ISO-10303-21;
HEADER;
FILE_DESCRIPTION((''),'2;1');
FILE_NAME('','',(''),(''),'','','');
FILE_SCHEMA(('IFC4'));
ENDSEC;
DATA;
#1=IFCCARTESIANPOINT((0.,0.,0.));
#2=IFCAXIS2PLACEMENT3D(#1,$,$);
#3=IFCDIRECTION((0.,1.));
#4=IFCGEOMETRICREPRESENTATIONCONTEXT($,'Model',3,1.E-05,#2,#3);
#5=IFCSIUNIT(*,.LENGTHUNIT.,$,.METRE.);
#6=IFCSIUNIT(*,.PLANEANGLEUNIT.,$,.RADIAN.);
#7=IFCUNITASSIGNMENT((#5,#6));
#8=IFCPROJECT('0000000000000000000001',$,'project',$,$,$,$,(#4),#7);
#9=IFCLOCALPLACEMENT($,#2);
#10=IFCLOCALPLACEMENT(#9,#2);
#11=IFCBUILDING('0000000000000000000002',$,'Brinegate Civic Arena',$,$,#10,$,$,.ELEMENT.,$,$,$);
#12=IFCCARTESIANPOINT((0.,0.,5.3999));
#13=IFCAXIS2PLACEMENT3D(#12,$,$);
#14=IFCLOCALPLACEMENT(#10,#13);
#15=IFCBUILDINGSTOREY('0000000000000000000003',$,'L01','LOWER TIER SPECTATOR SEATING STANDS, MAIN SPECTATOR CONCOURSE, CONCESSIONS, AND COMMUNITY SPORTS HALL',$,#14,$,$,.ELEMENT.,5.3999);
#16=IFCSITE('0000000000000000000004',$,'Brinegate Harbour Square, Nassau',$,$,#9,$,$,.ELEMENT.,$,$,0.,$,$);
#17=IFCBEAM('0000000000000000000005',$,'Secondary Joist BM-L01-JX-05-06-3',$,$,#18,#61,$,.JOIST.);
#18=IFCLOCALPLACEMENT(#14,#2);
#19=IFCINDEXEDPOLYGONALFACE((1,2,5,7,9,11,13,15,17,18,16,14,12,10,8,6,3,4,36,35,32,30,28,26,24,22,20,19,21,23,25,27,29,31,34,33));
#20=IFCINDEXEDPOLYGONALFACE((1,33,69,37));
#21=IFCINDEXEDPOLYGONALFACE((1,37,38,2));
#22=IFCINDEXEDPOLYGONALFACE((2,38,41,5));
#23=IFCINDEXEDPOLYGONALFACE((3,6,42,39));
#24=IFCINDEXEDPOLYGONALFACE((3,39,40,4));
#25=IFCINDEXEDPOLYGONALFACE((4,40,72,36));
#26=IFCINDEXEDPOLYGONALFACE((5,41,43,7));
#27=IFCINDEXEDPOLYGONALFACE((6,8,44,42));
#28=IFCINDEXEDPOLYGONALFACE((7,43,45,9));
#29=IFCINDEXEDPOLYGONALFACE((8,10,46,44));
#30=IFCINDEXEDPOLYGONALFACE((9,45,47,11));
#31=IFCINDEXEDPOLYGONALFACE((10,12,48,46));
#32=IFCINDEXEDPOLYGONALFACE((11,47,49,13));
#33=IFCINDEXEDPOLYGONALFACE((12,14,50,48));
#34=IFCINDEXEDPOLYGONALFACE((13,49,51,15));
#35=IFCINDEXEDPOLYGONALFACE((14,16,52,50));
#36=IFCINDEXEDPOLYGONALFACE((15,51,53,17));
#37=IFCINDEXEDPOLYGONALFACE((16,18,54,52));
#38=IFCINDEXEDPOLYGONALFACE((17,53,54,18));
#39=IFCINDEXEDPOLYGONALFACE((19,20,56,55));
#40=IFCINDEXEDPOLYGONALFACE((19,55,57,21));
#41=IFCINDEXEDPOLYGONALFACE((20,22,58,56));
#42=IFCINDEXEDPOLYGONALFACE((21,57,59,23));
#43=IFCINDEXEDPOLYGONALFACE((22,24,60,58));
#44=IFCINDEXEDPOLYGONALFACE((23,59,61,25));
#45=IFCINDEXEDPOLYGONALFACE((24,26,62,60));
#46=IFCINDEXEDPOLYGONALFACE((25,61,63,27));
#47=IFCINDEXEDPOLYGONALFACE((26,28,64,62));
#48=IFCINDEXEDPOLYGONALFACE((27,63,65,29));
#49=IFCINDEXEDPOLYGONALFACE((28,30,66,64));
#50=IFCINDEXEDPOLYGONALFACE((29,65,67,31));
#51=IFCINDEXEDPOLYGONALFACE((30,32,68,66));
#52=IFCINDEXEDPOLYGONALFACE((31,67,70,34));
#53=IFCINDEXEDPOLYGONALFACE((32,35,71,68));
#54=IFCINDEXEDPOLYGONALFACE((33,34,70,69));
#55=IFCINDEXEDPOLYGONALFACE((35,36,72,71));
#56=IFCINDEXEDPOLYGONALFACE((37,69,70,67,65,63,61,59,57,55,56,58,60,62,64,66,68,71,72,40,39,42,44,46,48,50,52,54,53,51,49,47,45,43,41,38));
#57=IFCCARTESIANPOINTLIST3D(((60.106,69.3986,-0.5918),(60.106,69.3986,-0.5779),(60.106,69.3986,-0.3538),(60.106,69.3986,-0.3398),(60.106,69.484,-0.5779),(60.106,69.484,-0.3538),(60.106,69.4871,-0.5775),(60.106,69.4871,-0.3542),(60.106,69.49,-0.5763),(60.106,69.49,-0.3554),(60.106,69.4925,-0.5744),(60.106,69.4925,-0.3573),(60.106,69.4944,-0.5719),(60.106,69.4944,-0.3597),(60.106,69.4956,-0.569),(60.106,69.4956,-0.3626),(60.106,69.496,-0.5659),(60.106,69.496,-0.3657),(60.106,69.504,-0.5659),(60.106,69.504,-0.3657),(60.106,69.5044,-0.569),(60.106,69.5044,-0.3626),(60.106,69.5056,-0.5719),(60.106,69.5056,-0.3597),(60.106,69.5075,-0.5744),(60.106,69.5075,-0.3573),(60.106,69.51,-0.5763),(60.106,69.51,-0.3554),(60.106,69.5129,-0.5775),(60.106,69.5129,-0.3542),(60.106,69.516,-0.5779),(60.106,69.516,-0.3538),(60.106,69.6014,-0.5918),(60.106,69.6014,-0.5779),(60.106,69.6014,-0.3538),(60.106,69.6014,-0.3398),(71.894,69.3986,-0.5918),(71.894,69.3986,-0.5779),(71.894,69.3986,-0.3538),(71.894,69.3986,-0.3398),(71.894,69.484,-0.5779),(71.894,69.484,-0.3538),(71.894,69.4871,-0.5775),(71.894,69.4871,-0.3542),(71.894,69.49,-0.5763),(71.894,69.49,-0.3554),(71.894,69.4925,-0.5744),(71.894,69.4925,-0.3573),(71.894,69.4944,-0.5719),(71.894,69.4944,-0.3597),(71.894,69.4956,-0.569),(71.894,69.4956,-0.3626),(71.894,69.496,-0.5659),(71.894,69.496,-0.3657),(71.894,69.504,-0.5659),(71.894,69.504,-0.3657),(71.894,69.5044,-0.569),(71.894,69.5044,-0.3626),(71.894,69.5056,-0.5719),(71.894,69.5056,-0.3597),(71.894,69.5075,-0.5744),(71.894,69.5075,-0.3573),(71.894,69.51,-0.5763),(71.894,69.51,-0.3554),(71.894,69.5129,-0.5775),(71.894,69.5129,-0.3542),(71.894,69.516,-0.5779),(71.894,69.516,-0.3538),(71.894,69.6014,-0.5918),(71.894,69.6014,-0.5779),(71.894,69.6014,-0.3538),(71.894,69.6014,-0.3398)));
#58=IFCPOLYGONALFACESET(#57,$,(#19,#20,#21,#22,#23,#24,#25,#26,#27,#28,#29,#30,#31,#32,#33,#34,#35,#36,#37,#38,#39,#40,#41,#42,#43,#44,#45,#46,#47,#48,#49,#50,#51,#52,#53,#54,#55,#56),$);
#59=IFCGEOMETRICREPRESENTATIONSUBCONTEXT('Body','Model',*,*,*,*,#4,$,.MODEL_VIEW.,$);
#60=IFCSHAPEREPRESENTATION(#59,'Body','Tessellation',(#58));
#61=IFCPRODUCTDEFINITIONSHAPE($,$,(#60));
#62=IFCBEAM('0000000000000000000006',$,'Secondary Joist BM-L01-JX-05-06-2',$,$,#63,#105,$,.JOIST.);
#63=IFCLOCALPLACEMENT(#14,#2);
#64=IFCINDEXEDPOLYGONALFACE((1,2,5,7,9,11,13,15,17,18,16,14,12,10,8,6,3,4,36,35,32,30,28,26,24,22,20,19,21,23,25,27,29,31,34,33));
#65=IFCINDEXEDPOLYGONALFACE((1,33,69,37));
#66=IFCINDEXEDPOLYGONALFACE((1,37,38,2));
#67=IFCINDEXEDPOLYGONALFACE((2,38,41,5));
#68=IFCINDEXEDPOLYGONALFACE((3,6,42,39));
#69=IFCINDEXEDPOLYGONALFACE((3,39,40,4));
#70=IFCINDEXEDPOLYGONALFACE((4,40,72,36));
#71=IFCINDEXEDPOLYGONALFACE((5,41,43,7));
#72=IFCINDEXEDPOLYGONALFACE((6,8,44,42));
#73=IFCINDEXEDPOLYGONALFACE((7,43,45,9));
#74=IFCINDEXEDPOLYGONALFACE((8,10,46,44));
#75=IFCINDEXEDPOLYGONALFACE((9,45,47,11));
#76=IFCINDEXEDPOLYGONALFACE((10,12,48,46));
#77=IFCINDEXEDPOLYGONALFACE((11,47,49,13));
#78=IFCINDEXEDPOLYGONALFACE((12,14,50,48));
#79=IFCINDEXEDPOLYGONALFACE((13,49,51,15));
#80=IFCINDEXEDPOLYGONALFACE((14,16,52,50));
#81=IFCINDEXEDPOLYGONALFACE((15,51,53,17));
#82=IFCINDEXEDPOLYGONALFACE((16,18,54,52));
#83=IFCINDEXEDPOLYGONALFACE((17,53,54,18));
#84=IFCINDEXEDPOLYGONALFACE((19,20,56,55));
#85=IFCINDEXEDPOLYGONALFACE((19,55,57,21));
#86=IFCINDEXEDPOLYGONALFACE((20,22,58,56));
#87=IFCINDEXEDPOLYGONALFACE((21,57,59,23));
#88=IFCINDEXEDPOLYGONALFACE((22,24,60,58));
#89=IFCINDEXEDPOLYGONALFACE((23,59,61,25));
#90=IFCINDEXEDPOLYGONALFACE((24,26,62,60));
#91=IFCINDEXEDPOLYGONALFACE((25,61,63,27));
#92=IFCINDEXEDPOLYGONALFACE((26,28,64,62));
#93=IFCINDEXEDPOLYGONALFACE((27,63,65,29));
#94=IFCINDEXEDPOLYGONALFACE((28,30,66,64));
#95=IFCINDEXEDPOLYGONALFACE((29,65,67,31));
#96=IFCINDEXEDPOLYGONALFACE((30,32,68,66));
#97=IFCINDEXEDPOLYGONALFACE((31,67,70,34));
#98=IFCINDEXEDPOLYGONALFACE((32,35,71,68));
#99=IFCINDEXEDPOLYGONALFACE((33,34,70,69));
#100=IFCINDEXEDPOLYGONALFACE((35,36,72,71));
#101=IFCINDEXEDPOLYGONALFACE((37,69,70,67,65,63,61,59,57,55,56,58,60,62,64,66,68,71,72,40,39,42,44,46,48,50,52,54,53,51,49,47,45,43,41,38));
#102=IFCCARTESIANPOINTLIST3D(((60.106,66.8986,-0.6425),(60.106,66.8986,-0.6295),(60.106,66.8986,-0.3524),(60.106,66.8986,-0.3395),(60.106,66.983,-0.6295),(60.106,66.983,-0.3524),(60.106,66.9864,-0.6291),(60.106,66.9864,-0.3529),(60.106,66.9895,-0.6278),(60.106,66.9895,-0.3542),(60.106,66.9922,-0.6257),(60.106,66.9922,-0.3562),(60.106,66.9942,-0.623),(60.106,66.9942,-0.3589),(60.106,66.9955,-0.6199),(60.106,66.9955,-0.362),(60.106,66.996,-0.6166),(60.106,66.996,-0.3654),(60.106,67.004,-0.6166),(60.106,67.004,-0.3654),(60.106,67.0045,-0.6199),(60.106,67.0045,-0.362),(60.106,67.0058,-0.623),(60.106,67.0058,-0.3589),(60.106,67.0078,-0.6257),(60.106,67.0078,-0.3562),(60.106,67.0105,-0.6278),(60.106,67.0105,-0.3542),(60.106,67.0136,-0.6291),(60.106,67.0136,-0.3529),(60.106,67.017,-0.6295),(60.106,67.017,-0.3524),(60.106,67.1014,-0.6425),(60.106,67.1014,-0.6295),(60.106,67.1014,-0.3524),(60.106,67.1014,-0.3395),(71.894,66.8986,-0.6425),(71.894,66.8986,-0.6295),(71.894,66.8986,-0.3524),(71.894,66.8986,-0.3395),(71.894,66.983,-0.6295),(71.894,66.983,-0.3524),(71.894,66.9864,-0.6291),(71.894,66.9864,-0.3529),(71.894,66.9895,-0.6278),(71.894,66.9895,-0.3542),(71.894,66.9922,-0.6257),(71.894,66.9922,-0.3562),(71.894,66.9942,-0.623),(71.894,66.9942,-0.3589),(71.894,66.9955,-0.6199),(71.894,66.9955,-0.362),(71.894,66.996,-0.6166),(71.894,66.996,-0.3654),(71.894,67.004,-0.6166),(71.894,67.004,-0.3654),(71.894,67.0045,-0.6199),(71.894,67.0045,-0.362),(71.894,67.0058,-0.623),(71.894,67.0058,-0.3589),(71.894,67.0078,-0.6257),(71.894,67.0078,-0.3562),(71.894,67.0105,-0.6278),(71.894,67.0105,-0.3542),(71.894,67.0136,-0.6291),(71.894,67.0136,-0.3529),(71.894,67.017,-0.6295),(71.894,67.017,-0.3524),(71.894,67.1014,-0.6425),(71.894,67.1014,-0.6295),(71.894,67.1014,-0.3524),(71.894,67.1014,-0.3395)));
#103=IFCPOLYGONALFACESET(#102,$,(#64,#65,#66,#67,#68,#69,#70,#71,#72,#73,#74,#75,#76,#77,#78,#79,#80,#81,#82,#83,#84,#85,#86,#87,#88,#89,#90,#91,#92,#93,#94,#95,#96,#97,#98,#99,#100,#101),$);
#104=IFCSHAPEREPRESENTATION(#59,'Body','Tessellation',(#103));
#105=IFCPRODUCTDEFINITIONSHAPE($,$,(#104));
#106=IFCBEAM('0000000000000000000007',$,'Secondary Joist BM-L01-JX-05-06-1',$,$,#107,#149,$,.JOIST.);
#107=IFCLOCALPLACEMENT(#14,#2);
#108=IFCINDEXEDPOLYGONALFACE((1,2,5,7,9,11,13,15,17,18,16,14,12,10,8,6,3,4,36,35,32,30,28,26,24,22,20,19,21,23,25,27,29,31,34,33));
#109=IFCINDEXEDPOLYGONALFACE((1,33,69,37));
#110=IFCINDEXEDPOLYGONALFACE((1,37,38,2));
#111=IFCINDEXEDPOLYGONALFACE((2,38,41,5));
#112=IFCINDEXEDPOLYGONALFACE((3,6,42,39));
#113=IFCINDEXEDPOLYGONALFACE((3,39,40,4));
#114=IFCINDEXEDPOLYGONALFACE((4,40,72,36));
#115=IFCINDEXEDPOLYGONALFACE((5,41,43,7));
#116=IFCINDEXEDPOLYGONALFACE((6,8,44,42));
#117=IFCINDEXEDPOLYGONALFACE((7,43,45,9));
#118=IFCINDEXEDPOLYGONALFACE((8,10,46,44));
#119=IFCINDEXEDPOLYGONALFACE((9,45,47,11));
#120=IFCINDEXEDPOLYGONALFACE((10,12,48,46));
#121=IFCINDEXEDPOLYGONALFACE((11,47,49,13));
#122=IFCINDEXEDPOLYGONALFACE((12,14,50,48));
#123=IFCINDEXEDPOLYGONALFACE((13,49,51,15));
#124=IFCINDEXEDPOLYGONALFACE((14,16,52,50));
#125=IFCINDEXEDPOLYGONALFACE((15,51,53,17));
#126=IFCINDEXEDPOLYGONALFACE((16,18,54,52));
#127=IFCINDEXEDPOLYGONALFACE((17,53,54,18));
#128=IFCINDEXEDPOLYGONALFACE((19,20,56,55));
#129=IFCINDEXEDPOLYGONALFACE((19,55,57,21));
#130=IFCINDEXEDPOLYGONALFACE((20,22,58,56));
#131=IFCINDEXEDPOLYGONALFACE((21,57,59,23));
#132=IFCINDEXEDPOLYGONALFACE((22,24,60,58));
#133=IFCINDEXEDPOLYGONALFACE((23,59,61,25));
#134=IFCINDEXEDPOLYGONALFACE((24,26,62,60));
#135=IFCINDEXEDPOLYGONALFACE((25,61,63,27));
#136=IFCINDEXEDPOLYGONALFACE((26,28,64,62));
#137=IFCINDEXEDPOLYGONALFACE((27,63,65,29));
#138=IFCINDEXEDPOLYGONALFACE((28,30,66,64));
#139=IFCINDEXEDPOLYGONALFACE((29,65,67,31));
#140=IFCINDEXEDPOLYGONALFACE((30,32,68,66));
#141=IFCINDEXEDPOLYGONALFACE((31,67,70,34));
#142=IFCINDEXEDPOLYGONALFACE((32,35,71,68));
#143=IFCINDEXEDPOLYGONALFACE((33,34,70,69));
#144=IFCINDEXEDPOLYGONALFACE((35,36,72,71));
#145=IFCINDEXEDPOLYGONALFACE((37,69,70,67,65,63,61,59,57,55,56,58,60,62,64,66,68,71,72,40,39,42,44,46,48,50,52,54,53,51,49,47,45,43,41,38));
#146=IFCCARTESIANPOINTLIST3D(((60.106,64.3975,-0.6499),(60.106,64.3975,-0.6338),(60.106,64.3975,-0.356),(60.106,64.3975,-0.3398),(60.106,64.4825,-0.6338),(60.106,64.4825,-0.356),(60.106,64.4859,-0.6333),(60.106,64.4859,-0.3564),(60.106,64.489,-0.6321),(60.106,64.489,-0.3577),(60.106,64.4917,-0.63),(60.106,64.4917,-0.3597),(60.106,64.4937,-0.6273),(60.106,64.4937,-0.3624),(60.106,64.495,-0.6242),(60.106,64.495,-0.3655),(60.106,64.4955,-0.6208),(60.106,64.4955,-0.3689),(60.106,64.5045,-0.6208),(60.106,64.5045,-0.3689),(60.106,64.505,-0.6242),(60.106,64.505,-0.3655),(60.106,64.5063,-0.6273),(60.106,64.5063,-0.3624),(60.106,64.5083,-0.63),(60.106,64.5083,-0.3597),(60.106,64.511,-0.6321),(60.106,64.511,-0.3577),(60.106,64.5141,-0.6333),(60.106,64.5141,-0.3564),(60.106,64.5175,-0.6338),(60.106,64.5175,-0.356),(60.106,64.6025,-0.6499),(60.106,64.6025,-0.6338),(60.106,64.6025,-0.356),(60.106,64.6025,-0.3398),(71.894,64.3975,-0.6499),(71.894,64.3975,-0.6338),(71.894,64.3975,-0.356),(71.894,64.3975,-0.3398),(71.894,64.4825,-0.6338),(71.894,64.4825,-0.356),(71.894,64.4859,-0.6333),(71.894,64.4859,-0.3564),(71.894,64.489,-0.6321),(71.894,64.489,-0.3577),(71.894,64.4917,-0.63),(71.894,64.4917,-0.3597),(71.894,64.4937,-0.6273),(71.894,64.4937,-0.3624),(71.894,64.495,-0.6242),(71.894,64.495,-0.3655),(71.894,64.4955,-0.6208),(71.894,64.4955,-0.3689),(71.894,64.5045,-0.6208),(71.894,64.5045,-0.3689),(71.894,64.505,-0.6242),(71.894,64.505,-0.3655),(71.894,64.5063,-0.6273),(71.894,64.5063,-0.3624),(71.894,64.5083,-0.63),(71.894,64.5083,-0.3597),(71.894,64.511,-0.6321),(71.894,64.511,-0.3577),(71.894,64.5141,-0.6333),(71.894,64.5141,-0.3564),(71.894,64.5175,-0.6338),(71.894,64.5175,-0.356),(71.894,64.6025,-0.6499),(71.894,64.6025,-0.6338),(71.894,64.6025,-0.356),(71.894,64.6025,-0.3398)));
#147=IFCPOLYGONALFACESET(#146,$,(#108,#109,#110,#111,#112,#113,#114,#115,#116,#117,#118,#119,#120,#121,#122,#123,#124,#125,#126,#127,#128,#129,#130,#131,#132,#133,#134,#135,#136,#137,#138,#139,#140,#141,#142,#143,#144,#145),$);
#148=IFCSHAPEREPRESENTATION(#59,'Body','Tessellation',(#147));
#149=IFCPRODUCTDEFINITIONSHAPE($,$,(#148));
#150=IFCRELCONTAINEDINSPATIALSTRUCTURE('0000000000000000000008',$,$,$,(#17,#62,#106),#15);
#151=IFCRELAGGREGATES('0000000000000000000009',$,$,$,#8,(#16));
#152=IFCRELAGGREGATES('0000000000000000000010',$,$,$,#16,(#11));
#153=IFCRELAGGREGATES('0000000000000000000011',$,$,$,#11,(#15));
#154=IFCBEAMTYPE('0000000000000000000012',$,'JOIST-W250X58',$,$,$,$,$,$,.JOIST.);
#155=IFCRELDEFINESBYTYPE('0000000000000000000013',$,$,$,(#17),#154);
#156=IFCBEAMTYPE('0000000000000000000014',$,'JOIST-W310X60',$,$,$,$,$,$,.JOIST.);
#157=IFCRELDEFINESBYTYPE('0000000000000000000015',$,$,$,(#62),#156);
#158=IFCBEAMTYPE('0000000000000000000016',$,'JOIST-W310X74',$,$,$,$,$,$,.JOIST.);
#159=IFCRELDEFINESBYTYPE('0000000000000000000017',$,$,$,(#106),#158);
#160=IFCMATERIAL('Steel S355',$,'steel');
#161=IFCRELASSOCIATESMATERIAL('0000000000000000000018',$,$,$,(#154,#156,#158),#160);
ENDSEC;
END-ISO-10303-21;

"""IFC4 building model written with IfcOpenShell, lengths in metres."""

from ifc_helpers import new_model, si_unit, direction, frame, origin, origin_2d, place, context, subcontext, project, spatial, i_section, extrude, material, material_profile, profile_set, type_object, element, save


model = new_model("IFC4")

# Units and contexts
model_context = context("Model", 3, precision=1e-05, world=origin(), true_north=direction((0.0, 1.0)))
body_context = subcontext(model_context, "Body", "Model", "MODEL_VIEW")
ifc_project = project(units=[si_unit("LENGTHUNIT", "METRE"), si_unit("PLANEANGLEUNIT", "RADIAN")], contexts=[model_context])

# Site, building, storey
site_placement = place(None, origin())
site = spatial("IfcSite", under=ifc_project, at=site_placement, Name="Brinegate Harbour Square, Nassau", CompositionType="ELEMENT", RefElevation=0.0)
building_placement = place(site_placement, origin())
building = spatial("IfcBuilding", under=site, at=building_placement, Name="Brinegate Civic Arena", CompositionType="ELEMENT")
storey_placement = place(building_placement, frame((0.0, 0.0, 5.3999)))
storey = spatial("IfcBuildingStorey", under=building, at=storey_placement, Name="L01", Description="LOWER TIER SPECTATOR SEATING STANDS, MAIN SPECTATOR CONCOURSE, CONCESSIONS, AND COMMUNITY SPORTS HALL", CompositionType="ELEMENT", Elevation=5.3999)

# Beams
ifc_material_1 = material(Name="Steel S355", Category="steel")
ifc_material_profile_1 = material_profile(ifc_material_1, i_section(OverallWidth=0.2029, OverallDepth=0.252, WebThickness=0.0081, FlangeThickness=0.0139, FilletRadius=0.012, at=origin_2d()), Name="W250X58")
ifc_profile_set_1 = profile_set([ifc_material_profile_1], Name="Steel S355")
beam_type_1 = type_object("IfcBeamType", Name="JOIST-W250X58", PredefinedType="JOIST", material=ifc_profile_set_1)
beam_1_placement = place(storey_placement, frame((60.106, 69.5, -0.4658), z_axis=(1.0, 0.0, 0.0), x_axis=(0.0, 1.0, 0.0)))
element("IfcBeam", 1, at=beam_1_placement, inside=storey, type_object=beam_type_1, Name="Secondary Joist BM-L01-JX-05-06-3", PredefinedType="JOIST", context=body_context, shape_type="SweptSolid", body=[
    extrude(i_section(OverallWidth=0.2029, OverallDepth=0.252, WebThickness=0.0081, FlangeThickness=0.0139, FilletRadius=0.012, at=origin_2d()), origin(), (0.0, 0.0, 1.0), 11.7881),
])
ifc_material_profile_2 = material_profile(ifc_material_1, i_section(OverallWidth=0.2029, OverallDepth=0.303, WebThickness=0.0081, FlangeThickness=0.0129, FilletRadius=0.0129, at=origin_2d()), Name="W310X60")
ifc_profile_set_2 = profile_set([ifc_material_profile_2], Name="Steel S355")
beam_type_2 = type_object("IfcBeamType", Name="JOIST-W310X60", PredefinedType="JOIST", material=ifc_profile_set_2)
beam_2_placement = place(storey_placement, frame((60.106, 67.0, -0.491), z_axis=(1.0, 0.0, 0.0), x_axis=(0.0, 1.0, 0.0)))
element("IfcBeam", 2, at=beam_2_placement, inside=storey, type_object=beam_type_2, Name="Secondary Joist BM-L01-JX-05-06-2", PredefinedType="JOIST", context=body_context, shape_type="SweptSolid", body=[
    extrude(i_section(OverallWidth=0.2029, OverallDepth=0.303, WebThickness=0.0081, FlangeThickness=0.0129, FilletRadius=0.0129, at=origin_2d()), origin(), (0.0, 0.0, 1.0), 11.7881),
])
ifc_material_profile_3 = material_profile(ifc_material_1, i_section(OverallWidth=0.2051, OverallDepth=0.3101, WebThickness=0.009, FlangeThickness=0.0161, FilletRadius=0.0129, at=origin_2d()), Name="W310X74")
ifc_profile_set_3 = profile_set([ifc_material_profile_3], Name="Steel S355")
beam_type_3 = type_object("IfcBeamType", Name="JOIST-W310X74", PredefinedType="JOIST", material=ifc_profile_set_3)
beam_3_placement = place(storey_placement, frame((60.106, 64.5, -0.4949), z_axis=(1.0, 0.0, 0.0), x_axis=(0.0, 1.0, 0.0)))
element("IfcBeam", 3, at=beam_3_placement, inside=storey, type_object=beam_type_3, Name="Secondary Joist BM-L01-JX-05-06-1", PredefinedType="JOIST", context=body_context, shape_type="SweptSolid", body=[
    extrude(i_section(OverallWidth=0.2051, OverallDepth=0.3101, WebThickness=0.009, FlangeThickness=0.0161, FilletRadius=0.0129, at=origin_2d()), origin(), (0.0, 0.0, 1.0), 11.7881),
])

save(model, "model.ifc")
